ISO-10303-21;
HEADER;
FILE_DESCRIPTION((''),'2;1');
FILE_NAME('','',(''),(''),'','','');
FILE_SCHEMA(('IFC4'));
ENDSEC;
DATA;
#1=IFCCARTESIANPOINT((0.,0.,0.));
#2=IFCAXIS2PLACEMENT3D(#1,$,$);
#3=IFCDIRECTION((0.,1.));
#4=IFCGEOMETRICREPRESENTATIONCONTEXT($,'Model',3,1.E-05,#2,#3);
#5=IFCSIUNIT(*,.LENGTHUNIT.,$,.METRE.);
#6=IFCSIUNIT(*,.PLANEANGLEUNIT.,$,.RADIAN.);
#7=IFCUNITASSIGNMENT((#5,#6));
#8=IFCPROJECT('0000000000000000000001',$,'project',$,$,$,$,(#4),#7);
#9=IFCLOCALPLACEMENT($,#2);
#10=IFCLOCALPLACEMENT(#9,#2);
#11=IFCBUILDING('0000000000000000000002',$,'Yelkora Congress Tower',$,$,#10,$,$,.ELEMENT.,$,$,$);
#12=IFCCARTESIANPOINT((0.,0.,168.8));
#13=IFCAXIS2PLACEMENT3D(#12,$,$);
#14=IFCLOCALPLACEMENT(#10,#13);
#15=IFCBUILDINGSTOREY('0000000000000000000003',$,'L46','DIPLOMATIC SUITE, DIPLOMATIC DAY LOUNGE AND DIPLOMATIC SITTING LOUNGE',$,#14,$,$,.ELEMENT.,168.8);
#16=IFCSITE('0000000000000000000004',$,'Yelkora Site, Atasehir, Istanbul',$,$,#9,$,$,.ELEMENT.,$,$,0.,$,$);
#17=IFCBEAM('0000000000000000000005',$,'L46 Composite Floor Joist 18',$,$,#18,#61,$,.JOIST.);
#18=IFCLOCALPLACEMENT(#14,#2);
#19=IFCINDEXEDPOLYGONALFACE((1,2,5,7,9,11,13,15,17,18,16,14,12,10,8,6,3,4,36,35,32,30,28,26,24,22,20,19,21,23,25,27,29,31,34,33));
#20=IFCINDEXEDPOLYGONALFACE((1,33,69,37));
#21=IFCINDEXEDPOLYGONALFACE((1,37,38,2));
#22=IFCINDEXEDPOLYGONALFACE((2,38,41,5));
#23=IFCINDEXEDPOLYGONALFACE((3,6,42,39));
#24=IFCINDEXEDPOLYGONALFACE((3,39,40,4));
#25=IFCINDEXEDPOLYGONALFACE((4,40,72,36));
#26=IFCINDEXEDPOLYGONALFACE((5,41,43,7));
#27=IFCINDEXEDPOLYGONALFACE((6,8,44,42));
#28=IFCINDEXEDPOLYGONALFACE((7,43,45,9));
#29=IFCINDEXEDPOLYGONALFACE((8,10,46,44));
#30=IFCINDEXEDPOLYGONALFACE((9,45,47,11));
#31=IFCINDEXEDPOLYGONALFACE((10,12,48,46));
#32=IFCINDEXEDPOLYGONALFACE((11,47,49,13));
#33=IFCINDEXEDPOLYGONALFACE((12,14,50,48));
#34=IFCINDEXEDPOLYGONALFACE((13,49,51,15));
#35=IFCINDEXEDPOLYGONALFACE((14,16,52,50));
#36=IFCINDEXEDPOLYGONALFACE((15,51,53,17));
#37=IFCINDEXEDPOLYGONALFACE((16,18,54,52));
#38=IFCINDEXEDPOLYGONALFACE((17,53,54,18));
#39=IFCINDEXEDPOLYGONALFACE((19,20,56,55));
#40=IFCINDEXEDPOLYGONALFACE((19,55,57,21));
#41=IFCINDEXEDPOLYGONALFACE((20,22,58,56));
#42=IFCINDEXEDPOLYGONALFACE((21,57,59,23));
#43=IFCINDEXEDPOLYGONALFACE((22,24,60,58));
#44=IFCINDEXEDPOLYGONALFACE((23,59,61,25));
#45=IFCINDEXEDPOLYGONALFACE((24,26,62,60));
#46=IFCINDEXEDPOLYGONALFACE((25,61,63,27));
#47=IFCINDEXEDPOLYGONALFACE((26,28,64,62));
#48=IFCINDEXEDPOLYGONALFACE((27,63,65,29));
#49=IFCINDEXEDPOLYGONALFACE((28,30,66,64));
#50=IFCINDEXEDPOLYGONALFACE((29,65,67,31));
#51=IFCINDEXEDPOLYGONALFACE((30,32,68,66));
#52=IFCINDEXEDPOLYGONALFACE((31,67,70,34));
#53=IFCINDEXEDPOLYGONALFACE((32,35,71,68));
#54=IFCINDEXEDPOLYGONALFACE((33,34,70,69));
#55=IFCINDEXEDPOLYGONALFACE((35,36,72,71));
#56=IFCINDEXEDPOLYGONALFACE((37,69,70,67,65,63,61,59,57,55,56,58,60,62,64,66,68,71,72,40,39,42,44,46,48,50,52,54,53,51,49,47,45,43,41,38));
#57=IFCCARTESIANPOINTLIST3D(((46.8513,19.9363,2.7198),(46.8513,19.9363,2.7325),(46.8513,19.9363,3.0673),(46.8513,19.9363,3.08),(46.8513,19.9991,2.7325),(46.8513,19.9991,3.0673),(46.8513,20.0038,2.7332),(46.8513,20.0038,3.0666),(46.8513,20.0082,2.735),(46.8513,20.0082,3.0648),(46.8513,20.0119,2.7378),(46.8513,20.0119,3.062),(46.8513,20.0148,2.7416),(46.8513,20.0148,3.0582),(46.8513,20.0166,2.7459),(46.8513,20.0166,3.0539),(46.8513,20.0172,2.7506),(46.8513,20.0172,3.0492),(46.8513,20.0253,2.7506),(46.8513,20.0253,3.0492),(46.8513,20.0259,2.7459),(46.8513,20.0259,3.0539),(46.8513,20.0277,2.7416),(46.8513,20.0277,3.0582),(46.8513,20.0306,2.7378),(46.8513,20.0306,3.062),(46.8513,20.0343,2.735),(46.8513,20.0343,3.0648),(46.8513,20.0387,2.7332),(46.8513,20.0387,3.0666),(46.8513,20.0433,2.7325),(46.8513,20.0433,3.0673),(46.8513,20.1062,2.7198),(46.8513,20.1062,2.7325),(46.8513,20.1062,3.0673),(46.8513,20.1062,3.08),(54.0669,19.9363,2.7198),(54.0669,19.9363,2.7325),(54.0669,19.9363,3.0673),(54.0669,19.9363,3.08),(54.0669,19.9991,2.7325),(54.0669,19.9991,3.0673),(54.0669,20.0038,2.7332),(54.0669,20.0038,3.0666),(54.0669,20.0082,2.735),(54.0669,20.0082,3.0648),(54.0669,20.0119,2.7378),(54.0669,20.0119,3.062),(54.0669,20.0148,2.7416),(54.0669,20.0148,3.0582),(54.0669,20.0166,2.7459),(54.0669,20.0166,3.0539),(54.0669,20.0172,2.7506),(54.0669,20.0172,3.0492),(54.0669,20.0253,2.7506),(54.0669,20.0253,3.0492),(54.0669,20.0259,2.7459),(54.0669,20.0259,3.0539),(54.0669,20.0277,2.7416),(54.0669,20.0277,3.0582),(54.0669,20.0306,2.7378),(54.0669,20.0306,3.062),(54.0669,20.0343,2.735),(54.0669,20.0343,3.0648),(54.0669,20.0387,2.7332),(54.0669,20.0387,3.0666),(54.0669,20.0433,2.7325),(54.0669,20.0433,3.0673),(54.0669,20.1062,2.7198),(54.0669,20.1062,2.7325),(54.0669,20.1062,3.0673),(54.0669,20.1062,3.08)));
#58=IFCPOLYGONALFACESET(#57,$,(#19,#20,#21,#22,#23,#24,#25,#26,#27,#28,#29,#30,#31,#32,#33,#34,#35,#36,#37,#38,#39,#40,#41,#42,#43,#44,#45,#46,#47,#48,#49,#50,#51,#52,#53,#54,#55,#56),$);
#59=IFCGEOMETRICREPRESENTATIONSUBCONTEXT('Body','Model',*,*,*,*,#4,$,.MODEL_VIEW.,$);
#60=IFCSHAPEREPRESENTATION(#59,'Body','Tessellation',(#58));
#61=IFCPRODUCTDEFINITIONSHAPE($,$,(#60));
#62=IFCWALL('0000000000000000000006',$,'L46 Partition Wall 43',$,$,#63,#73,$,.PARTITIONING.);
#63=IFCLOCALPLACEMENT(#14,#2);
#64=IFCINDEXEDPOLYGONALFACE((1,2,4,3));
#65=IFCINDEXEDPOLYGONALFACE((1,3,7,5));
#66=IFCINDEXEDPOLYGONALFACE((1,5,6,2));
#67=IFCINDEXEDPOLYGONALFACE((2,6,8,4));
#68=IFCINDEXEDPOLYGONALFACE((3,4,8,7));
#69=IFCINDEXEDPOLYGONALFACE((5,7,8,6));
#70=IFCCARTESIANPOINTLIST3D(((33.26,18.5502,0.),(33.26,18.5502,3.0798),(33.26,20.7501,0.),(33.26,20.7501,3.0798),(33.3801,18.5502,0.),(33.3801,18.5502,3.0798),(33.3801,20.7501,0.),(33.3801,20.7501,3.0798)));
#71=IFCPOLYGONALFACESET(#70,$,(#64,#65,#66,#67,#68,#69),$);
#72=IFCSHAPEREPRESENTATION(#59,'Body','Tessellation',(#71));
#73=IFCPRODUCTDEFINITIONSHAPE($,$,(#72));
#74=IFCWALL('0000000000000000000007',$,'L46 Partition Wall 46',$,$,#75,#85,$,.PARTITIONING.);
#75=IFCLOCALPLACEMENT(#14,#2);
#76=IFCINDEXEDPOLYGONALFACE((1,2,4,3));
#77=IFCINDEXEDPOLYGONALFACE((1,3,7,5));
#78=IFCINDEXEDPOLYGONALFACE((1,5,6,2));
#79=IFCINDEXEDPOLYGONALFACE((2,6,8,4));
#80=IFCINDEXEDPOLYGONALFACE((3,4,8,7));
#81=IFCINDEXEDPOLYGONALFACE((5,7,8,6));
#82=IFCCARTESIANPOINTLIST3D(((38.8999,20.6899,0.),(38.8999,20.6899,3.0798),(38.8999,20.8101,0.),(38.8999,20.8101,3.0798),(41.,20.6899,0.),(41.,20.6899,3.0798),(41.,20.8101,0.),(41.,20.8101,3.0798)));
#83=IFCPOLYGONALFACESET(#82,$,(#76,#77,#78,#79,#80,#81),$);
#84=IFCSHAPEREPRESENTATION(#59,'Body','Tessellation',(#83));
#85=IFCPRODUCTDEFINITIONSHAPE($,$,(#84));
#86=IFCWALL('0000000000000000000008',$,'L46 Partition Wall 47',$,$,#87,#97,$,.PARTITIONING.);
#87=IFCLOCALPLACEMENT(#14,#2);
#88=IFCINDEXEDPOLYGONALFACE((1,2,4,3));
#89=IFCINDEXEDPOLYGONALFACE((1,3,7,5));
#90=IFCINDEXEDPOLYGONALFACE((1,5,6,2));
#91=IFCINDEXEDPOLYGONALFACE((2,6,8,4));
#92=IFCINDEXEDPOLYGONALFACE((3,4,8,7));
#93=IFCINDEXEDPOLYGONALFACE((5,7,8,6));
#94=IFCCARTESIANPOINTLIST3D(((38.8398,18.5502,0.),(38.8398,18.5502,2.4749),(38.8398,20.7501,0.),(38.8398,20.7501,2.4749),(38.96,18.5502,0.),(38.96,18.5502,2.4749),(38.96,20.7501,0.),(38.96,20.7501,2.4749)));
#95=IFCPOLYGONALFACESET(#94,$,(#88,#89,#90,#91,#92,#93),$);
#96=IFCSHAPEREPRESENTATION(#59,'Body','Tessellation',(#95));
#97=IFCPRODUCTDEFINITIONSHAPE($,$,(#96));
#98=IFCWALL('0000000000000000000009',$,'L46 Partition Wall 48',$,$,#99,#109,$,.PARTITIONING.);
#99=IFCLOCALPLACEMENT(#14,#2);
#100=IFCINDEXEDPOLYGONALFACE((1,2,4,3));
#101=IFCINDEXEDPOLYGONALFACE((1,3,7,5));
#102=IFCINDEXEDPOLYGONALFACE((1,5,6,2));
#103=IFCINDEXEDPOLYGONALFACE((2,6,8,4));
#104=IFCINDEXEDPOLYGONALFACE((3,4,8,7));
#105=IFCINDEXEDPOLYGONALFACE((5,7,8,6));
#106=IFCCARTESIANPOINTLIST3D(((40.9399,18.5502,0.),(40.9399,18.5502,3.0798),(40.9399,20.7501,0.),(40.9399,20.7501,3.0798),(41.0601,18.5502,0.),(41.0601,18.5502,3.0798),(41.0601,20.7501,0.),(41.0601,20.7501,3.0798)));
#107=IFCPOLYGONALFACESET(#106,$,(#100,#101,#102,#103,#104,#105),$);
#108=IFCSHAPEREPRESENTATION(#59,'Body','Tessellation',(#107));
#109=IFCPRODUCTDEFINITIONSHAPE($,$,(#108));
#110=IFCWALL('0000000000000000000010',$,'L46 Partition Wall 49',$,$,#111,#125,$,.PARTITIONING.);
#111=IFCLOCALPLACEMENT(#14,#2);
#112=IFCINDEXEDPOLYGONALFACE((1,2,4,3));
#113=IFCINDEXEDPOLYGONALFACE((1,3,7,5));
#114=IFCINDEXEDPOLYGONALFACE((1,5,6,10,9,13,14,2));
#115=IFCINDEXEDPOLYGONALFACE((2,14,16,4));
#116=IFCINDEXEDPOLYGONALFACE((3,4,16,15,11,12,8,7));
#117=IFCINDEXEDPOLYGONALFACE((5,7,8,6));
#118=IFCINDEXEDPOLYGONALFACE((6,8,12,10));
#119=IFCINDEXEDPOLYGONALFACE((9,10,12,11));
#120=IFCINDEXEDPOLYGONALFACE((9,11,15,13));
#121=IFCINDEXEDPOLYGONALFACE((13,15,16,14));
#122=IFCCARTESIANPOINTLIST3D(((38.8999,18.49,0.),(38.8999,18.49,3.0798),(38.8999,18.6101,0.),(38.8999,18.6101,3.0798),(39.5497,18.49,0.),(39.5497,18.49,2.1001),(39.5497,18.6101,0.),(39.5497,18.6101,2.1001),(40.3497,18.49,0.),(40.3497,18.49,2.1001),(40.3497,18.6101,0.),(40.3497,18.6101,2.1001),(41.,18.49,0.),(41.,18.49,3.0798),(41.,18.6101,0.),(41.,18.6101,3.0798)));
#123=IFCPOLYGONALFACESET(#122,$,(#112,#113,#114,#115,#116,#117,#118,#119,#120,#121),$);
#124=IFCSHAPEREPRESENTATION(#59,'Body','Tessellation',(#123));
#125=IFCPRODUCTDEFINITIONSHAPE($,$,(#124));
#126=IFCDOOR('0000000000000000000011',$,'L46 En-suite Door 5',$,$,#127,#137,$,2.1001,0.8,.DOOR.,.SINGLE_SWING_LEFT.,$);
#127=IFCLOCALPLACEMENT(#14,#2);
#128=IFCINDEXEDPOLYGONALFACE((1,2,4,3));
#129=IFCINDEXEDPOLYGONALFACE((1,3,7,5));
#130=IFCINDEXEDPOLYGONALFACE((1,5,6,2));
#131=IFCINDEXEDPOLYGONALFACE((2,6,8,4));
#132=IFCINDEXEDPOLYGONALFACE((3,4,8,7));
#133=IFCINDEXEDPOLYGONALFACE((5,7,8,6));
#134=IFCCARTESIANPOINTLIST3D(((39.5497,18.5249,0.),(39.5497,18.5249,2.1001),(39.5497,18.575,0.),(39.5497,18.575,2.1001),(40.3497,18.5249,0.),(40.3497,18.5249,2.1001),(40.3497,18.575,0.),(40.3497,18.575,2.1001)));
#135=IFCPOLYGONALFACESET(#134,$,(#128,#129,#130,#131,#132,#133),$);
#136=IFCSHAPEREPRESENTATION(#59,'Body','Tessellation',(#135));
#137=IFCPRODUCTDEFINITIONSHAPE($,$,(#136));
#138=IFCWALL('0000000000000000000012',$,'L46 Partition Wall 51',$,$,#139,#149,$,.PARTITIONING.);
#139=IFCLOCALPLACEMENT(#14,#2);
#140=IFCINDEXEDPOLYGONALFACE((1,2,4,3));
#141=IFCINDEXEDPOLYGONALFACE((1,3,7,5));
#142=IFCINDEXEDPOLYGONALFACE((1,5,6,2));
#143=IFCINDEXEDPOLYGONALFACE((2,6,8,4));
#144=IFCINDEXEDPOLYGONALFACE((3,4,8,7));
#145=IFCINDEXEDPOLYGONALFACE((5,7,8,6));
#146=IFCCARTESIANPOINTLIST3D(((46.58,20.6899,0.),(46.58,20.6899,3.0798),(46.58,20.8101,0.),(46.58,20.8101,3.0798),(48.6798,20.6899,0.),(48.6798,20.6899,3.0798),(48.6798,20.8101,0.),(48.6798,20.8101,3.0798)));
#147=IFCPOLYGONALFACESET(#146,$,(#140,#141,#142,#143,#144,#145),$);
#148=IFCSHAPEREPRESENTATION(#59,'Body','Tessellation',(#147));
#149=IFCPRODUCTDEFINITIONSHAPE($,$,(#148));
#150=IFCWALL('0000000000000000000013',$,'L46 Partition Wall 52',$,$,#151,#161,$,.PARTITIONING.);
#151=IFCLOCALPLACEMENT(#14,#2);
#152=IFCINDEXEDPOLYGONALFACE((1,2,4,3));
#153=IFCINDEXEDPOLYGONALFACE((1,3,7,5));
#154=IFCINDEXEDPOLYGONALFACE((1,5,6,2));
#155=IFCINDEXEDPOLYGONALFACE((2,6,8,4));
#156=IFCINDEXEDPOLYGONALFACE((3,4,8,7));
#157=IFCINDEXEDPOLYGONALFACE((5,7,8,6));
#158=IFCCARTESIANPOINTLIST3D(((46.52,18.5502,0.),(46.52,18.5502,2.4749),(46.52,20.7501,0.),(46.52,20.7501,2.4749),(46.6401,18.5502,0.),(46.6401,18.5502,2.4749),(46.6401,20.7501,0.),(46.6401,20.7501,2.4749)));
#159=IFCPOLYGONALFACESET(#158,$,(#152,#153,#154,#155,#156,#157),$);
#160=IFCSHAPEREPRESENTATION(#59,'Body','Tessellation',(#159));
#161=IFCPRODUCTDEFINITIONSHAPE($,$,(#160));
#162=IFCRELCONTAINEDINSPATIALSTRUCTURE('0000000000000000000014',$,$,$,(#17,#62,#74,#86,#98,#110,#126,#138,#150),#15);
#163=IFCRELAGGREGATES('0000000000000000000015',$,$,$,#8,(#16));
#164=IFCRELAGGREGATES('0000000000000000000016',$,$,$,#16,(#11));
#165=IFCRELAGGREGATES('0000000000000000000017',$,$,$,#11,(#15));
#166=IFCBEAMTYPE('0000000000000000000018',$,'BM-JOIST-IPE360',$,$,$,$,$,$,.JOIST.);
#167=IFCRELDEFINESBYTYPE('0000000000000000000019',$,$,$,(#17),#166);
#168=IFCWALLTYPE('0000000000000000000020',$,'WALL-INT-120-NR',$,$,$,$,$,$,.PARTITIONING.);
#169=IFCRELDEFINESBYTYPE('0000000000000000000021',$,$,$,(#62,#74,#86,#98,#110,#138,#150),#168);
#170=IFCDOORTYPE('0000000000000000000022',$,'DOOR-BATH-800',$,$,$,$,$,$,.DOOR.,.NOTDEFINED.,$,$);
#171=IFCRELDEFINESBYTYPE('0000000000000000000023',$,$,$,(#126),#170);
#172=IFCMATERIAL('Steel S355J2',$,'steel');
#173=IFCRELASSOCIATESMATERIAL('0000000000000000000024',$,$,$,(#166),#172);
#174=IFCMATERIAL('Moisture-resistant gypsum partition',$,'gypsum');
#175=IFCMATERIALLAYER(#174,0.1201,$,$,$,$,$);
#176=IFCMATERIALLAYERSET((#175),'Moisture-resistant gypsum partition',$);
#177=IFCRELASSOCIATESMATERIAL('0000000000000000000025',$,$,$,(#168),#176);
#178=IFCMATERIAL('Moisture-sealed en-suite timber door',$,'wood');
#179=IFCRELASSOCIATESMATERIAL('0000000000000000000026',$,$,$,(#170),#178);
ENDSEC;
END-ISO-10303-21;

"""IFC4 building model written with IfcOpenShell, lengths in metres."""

from ifc_helpers import new_model, si_unit, direction, frame, frame_2d, origin, origin_2d, place, context, subcontext, project, spatial, rectangle, i_section, extrude, material, layer, layer_set, material_profile, profile_set, type_object, element, fill, save


model = new_model("IFC4")

# Units and contexts
model_context = context("Model", 3, precision=1e-05, world=origin(), true_north=direction((0.0, 1.0)))
body_context = subcontext(model_context, "Body", "Model", "MODEL_VIEW")
ifc_project = project(units=[si_unit("LENGTHUNIT", "METRE"), si_unit("PLANEANGLEUNIT", "RADIAN")], contexts=[model_context])

# Site, building, storey
site_placement = place(None, origin())
site = spatial("IfcSite", under=ifc_project, at=site_placement, Name="Yelkora Site, Atasehir, Istanbul", CompositionType="ELEMENT", RefElevation=0.0)
building_placement = place(site_placement, origin())
building = spatial("IfcBuilding", under=site, at=building_placement, Name="Yelkora Congress Tower", CompositionType="ELEMENT")
storey_placement = place(building_placement, frame((0.0, 0.0, 168.8)))
storey = spatial("IfcBuildingStorey", under=building, at=storey_placement, Name="L46", Description="DIPLOMATIC SUITE, DIPLOMATIC DAY LOUNGE AND DIPLOMATIC SITTING LOUNGE", CompositionType="ELEMENT", Elevation=168.8)

# Beam
ifc_material_1 = material(Name="Steel S355J2", Category="steel")
ifc_material_profile_1 = material_profile(ifc_material_1, i_section(OverallWidth=0.1699, OverallDepth=0.3601, WebThickness=0.0081, FlangeThickness=0.0127, FilletRadius=0.0181, at=origin_2d()), Name="IPE 360")
ifc_profile_set_1 = profile_set([ifc_material_profile_1], Name="Steel S355J2")
beam_type_1 = type_object("IfcBeamType", Name="BM-JOIST-IPE360", PredefinedType="JOIST", material=ifc_profile_set_1)
beam_1_placement = place(storey_placement, frame((46.8513, 20.0212, 2.8999), z_axis=(1.0, 0.0, 0.0), x_axis=(0.0, 1.0, 0.0)))
element("IfcBeam", 1, at=beam_1_placement, inside=storey, type_object=beam_type_1, Name="L46 Composite Floor Joist 18", PredefinedType="JOIST", context=body_context, shape_type="SweptSolid", body=[
    extrude(i_section(OverallWidth=0.1699, OverallDepth=0.3601, WebThickness=0.0081, FlangeThickness=0.0127, FilletRadius=0.0181, at=origin_2d()), origin(), (0.0, 0.0, 1.0), 7.2156),
])

# Walls
ifc_material_2 = material(Name="Moisture-resistant gypsum partition", Category="gypsum")
ifc_layer_1 = layer(ifc_material_2, 0.1201)
ifc_layer_set_1 = layer_set([ifc_layer_1], Name="Moisture-resistant gypsum partition")
wall_type_1 = type_object("IfcWallType", Name="WALL-INT-120-NR", PredefinedType="PARTITIONING", material=ifc_layer_set_1)
wall_1_placement = place(storey_placement, frame((33.3201, 18.55, 0.0), z_axis=(0.0, 0.0, 1.0), x_axis=(0.0, 1.0, 0.0)))
element("IfcWall", 2, at=wall_1_placement, inside=storey, type_object=wall_type_1, Name="L46 Partition Wall 43", PredefinedType="PARTITIONING", context=body_context, shape_type="SweptSolid", body=[
    extrude(rectangle(XDim=2.2, YDim=0.1201, at=frame_2d((1.1001, 0.0))), origin(), (0.0, 0.0, 1.0), 3.0798),
])
wall_2_placement = place(storey_placement, frame((38.8999, 20.75, 0.0), z_axis=(0.0, 0.0, 1.0), x_axis=(1.0, 0.0, 0.0)))
element("IfcWall", 3, at=wall_2_placement, inside=storey, type_object=wall_type_1, Name="L46 Partition Wall 46", PredefinedType="PARTITIONING", context=body_context, shape_type="SweptSolid", body=[
    extrude(rectangle(XDim=2.1001, YDim=0.1201, at=frame_2d((1.05, 0.0))), origin(), (0.0, 0.0, 1.0), 3.0798),
])
wall_3_placement = place(storey_placement, frame((38.8999, 18.55, 0.0), z_axis=(0.0, 0.0, 1.0), x_axis=(0.0, 1.0, 0.0)))
element("IfcWall", 4, at=wall_3_placement, inside=storey, type_object=wall_type_1, Name="L46 Partition Wall 47", PredefinedType="PARTITIONING", context=body_context, shape_type="SweptSolid", body=[
    extrude(rectangle(XDim=2.2, YDim=0.1201, at=frame_2d((1.1001, 0.0))), origin(), (0.0, 0.0, 1.0), 2.4749),
])
wall_4_placement = place(storey_placement, frame((41.0, 18.55, 0.0), z_axis=(0.0, 0.0, 1.0), x_axis=(0.0, 1.0, 0.0)))
element("IfcWall", 5, at=wall_4_placement, inside=storey, type_object=wall_type_1, Name="L46 Partition Wall 48", PredefinedType="PARTITIONING", context=body_context, shape_type="SweptSolid", body=[
    extrude(rectangle(XDim=2.2, YDim=0.1201, at=frame_2d((1.1001, 0.0))), origin(), (0.0, 0.0, 1.0), 3.0798),
])

# Wall, opening, door
wall_5_placement = place(storey_placement, frame((38.8999, 18.55, 0.0), z_axis=(0.0, 0.0, 1.0), x_axis=(1.0, 0.0, 0.0)))
wall_5 = element("IfcWall", 6, at=wall_5_placement, inside=storey, type_object=wall_type_1, Name="L46 Partition Wall 49", PredefinedType="PARTITIONING", context=body_context, shape_type="SweptSolid", body=[
    extrude(rectangle(XDim=2.1001, YDim=0.1201, at=frame_2d((1.05, 0.0))), origin(), (0.0, 0.0, 1.0), 3.0798),
])
opening_1_placement = place(wall_5_placement, frame((0.6499, 0.0, 0.0)))
opening_1 = element("IfcOpeningElement", 7, at=opening_1_placement, cuts=wall_5, PredefinedType="OPENING", context=body_context, shape_type="SweptSolid", body=[
    extrude(rectangle(XDim=0.8, YDim=2.1001, at=frame_2d((0.3999, 1.05))), frame((0.0, 0.0701, 0.0), z_axis=(0.0, -1.0, 0.0), x_axis=(1.0, 0.0, 0.0)), (0.0, 0.0, 1.0), 0.1401),
])
ifc_material_3 = material(Name="Moisture-sealed en-suite timber door", Category="wood")
door_type_1 = type_object("IfcDoorType", Name="DOOR-BATH-800", OperationType="NOTDEFINED", PredefinedType="DOOR", material=ifc_material_3)
door_1_placement = place(opening_1_placement, origin())
door_1 = element("IfcDoor", 8, at=door_1_placement, inside=storey, type_object=door_type_1, Name="L46 En-suite Door 5", OperationType="SINGLE_SWING_LEFT", OverallHeight=2.1001, OverallWidth=0.8, PredefinedType="DOOR", context=body_context, shape_type="SweptSolid", body=[
    extrude(rectangle(XDim=0.8, YDim=2.1001, at=frame_2d((0.3999, 1.05))), frame((0.0, 0.0249, 0.0), z_axis=(0.0, -1.0, 0.0), x_axis=(1.0, 0.0, 0.0)), (0.0, 0.0, 1.0), 0.05),
])
fill(opening_1, door_1)

# Walls
wall_6_placement = place(storey_placement, frame((46.5801, 20.75, 0.0), z_axis=(0.0, 0.0, 1.0), x_axis=(1.0, 0.0, 0.0)))
element("IfcWall", 9, at=wall_6_placement, inside=storey, type_object=wall_type_1, Name="L46 Partition Wall 51", PredefinedType="PARTITIONING", context=body_context, shape_type="SweptSolid", body=[
    extrude(rectangle(XDim=2.0999, YDim=0.1201, at=frame_2d((1.0498, 0.0))), origin(), (0.0, 0.0, 1.0), 3.0798),
])
wall_7_placement = place(storey_placement, frame((46.5801, 18.55, 0.0), z_axis=(0.0, 0.0, 1.0), x_axis=(0.0, 1.0, 0.0)))
element("IfcWall", 10, at=wall_7_placement, inside=storey, type_object=wall_type_1, Name="L46 Partition Wall 52", PredefinedType="PARTITIONING", context=body_context, shape_type="SweptSolid", body=[
    extrude(rectangle(XDim=2.2, YDim=0.1201, at=frame_2d((1.1001, 0.0))), origin(), (0.0, 0.0, 1.0), 2.4749),
])

save(model, "model.ifc")
